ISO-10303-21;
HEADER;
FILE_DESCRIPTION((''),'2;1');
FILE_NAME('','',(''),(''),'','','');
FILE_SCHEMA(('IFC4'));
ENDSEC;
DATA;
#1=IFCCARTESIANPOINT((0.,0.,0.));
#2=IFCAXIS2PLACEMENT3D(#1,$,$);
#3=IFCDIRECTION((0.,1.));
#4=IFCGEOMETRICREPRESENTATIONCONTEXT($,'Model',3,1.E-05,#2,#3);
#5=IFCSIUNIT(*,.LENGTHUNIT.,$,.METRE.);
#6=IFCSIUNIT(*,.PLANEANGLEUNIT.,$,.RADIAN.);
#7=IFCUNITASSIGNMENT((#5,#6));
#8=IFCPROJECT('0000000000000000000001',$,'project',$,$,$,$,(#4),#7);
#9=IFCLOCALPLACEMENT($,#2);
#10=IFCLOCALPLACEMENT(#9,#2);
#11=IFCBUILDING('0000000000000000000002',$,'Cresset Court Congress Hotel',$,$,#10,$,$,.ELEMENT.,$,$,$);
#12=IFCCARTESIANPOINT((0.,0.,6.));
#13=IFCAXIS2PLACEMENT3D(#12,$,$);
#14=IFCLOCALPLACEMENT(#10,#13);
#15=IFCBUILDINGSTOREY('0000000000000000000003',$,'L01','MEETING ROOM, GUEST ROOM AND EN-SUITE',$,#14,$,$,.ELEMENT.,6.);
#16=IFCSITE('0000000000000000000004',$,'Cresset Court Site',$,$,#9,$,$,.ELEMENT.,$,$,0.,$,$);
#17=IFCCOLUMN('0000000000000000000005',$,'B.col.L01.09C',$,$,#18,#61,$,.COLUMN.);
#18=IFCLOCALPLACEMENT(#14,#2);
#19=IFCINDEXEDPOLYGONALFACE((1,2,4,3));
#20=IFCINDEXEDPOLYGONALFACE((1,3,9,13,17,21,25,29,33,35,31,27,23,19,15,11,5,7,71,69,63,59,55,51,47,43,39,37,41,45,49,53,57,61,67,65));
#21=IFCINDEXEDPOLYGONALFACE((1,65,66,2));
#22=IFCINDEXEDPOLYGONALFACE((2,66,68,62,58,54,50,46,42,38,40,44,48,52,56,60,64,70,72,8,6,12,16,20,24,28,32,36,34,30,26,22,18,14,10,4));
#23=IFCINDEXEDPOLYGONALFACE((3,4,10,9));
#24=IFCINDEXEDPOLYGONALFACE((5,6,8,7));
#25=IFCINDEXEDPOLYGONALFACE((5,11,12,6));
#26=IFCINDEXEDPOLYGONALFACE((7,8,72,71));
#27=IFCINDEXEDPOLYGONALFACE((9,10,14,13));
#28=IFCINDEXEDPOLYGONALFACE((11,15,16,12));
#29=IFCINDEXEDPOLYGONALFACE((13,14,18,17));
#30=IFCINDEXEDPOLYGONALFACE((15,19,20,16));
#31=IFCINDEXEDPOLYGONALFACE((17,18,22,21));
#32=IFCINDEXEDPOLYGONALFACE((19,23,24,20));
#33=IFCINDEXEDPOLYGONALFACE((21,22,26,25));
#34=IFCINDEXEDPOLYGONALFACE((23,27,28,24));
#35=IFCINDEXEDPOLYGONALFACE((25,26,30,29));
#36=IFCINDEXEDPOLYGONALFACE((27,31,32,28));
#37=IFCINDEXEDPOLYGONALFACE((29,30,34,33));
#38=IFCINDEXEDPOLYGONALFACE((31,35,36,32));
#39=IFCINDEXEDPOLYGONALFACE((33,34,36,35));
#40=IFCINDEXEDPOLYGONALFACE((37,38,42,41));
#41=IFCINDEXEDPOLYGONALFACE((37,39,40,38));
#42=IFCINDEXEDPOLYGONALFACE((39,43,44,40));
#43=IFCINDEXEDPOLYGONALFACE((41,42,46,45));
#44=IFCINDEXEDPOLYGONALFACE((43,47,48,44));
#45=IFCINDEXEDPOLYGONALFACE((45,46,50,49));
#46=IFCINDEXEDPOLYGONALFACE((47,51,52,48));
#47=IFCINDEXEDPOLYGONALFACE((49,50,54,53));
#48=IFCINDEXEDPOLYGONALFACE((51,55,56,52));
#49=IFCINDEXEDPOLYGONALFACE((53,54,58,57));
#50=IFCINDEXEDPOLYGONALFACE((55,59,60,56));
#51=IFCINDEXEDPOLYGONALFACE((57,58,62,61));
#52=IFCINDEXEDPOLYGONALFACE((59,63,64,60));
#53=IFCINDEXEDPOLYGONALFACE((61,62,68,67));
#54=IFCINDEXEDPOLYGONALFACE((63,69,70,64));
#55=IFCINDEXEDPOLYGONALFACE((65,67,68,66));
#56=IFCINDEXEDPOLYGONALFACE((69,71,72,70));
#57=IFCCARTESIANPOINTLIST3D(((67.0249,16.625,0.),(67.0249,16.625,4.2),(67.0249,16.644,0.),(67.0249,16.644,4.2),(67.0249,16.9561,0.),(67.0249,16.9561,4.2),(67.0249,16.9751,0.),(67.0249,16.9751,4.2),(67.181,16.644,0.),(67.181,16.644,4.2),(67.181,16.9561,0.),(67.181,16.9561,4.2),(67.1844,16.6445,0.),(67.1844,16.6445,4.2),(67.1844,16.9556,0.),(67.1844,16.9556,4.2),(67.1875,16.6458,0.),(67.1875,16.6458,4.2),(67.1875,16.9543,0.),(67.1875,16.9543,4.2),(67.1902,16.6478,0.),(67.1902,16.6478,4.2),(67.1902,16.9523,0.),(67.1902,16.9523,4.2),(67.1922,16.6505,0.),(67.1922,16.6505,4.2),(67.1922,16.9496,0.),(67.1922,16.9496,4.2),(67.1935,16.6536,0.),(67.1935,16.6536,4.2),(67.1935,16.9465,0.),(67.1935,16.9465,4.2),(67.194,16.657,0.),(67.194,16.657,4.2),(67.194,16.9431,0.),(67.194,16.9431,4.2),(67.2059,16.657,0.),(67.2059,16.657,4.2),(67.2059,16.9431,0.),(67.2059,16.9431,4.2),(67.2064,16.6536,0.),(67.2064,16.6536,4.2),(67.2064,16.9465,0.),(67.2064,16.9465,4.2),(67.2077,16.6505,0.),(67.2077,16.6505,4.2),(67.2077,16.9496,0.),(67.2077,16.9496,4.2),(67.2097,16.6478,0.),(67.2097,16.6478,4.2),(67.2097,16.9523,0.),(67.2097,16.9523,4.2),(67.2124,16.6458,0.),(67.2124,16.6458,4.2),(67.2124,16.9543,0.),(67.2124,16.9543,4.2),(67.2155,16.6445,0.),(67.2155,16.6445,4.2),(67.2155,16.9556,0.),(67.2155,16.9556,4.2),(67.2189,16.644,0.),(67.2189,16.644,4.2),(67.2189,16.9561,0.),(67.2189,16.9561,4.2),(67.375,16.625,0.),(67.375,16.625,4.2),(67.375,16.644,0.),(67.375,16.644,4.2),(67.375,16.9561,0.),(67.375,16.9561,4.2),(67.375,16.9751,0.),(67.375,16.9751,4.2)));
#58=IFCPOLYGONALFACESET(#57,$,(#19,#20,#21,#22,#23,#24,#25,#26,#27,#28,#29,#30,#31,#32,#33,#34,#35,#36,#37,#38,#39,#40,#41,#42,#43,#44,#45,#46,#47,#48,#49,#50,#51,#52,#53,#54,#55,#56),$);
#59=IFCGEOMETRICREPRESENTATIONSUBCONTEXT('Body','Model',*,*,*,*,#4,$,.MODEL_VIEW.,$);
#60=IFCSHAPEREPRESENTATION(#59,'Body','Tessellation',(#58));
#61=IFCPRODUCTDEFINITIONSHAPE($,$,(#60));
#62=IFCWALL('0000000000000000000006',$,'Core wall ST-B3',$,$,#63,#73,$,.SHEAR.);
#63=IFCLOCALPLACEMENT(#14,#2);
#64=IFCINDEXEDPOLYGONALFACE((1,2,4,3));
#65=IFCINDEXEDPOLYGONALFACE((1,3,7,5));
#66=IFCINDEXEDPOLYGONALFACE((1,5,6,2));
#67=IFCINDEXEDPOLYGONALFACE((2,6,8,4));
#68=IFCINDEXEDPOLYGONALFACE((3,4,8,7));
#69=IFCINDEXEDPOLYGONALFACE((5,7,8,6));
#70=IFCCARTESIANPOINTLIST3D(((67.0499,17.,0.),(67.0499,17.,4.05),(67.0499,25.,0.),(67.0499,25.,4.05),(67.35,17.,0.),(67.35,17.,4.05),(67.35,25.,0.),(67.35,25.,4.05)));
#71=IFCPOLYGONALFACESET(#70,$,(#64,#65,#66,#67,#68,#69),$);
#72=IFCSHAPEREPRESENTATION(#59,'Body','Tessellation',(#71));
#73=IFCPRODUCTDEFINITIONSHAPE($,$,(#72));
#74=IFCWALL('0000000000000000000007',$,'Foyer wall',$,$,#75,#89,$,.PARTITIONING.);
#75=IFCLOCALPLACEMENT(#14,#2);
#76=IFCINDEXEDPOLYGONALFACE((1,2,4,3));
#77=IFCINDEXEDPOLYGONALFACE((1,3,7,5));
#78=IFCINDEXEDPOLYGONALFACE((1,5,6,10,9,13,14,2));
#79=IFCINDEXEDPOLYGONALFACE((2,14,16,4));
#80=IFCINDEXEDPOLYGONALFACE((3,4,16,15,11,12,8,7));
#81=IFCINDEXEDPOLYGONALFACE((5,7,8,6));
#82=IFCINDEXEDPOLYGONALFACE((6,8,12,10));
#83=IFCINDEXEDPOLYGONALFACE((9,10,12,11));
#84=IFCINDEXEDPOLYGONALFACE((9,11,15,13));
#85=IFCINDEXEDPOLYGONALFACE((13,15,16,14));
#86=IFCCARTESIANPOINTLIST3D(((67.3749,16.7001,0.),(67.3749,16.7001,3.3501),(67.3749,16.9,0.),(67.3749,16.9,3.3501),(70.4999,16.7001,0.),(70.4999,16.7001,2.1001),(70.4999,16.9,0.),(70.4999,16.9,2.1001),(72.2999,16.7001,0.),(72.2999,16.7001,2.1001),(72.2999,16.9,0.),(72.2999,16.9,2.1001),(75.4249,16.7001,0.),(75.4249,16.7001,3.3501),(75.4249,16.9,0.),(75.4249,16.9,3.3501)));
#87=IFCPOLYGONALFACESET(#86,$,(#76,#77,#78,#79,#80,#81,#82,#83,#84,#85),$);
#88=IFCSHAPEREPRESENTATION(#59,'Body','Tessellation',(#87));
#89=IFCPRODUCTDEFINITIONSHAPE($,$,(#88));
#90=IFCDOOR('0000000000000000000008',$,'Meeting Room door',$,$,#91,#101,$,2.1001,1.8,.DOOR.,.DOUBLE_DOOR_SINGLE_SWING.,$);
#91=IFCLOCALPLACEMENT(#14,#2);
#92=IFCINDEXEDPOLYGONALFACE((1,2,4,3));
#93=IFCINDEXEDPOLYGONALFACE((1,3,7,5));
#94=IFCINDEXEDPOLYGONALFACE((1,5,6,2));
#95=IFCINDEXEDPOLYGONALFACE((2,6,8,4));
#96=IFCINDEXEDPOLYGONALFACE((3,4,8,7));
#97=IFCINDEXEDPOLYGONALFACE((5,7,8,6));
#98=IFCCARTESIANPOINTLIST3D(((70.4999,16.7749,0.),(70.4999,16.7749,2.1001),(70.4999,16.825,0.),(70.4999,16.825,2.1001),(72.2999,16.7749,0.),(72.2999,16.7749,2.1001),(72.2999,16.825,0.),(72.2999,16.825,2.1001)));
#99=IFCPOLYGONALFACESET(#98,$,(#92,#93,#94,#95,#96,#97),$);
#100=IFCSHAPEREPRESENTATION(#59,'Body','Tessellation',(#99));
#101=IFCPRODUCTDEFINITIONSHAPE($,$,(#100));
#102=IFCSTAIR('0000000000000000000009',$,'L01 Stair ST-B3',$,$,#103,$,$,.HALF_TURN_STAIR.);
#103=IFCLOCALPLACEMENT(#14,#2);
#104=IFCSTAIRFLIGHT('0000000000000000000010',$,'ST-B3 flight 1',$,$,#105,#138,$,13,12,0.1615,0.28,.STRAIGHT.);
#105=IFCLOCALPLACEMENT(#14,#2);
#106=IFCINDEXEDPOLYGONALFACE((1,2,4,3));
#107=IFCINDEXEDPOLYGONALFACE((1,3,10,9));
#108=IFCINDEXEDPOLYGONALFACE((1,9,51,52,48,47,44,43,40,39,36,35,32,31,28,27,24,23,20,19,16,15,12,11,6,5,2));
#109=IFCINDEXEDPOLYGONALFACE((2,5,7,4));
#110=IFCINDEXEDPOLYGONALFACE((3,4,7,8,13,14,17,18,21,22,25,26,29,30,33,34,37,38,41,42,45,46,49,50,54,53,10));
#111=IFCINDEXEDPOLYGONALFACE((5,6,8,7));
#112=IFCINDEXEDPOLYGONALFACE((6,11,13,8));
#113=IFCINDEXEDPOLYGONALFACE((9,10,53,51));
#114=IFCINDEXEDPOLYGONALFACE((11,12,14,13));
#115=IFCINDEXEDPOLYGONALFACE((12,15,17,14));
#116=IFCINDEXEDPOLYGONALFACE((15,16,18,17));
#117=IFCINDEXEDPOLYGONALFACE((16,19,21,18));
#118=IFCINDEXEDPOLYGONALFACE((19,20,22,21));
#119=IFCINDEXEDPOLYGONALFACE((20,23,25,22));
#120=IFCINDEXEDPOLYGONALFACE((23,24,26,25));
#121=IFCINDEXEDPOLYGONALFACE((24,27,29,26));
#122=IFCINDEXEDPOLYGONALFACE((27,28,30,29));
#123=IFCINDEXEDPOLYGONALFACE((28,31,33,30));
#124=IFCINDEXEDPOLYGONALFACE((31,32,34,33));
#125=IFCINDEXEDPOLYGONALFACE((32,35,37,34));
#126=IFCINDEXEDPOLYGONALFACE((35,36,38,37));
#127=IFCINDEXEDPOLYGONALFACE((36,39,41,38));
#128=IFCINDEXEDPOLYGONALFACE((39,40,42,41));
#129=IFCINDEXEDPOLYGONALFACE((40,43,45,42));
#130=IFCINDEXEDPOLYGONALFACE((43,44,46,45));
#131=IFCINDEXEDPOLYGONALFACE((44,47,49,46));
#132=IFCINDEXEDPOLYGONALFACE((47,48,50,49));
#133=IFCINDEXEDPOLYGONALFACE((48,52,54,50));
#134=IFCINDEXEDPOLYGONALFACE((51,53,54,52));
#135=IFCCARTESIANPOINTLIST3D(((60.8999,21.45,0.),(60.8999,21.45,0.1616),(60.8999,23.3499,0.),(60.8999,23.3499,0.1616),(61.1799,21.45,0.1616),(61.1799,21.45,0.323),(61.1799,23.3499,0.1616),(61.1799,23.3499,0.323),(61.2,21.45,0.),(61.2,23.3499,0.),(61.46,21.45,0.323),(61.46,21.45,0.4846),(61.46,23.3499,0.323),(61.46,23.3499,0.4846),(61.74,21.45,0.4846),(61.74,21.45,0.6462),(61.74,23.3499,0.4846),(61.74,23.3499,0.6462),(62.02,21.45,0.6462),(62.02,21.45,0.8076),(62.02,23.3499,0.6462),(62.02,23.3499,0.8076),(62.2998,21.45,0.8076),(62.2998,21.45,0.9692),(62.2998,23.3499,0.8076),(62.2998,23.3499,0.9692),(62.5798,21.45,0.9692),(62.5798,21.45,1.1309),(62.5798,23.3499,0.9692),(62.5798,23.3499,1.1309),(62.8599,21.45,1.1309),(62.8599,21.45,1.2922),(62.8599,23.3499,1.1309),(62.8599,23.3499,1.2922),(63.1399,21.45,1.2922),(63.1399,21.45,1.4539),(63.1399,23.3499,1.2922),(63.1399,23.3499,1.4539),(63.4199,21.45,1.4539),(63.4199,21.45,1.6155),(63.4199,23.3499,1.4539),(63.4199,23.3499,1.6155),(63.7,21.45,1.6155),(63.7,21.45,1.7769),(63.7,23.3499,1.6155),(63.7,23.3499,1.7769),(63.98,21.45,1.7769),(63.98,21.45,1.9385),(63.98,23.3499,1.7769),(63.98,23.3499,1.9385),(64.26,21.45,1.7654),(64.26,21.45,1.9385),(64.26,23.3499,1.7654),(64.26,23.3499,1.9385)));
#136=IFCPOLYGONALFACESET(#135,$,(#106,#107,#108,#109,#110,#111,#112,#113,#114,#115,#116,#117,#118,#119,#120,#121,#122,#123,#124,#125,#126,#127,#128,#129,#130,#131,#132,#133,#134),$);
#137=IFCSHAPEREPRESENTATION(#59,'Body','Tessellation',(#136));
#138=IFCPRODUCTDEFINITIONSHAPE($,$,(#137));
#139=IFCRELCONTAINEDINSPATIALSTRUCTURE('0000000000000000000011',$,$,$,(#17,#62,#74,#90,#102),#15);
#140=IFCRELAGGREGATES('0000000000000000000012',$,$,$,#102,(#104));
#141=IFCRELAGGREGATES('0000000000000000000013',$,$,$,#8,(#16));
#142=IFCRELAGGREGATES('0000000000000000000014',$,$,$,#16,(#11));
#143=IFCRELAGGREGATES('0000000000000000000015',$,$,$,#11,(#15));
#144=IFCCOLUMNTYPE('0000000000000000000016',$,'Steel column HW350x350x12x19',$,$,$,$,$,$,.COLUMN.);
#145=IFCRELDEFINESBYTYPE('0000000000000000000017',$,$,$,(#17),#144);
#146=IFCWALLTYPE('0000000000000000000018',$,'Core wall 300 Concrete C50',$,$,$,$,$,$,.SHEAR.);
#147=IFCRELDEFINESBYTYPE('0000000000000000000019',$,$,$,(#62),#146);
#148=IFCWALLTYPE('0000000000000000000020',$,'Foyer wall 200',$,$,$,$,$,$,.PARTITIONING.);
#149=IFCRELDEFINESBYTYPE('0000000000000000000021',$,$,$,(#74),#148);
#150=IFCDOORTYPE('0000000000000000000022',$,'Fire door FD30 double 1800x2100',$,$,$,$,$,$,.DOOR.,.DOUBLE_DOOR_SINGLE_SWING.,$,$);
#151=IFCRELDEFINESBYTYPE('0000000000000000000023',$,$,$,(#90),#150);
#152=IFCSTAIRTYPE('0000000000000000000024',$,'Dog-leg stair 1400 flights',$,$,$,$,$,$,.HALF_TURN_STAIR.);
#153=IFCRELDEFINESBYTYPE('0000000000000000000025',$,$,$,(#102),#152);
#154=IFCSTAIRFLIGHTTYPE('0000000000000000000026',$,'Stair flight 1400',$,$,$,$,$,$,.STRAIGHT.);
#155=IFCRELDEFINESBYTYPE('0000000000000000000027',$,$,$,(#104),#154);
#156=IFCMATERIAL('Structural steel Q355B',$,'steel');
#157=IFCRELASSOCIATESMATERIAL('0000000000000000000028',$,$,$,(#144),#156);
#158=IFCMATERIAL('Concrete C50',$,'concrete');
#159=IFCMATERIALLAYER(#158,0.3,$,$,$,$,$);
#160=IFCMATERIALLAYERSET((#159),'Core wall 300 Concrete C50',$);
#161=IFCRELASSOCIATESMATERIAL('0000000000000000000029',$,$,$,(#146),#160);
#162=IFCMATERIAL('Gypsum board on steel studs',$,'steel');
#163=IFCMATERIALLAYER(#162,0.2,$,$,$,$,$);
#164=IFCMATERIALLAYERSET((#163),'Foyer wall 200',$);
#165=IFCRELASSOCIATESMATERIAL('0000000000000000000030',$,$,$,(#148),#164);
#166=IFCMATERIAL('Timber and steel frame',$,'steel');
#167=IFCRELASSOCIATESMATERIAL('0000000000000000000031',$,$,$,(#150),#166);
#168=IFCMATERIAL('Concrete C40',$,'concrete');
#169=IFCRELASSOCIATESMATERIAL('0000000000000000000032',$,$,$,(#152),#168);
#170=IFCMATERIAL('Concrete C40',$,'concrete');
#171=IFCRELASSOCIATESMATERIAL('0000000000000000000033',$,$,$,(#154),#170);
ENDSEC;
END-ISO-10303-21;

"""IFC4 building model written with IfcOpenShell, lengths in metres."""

from ifc_helpers import new_model, si_unit, direction, frame, frame_2d, origin, origin_2d, place, context, subcontext, project, spatial, polyline, rectangle, i_section, outline, extrude, material, layer, layer_set, material_profile, profile_set, type_object, element, fill, aggregate, save


model = new_model("IFC4")

# Units and contexts
model_context = context("Model", 3, precision=1e-05, world=origin(), true_north=direction((0.0, 1.0)))
body_context = subcontext(model_context, "Body", "Model", "MODEL_VIEW")
ifc_project = project(units=[si_unit("LENGTHUNIT", "METRE"), si_unit("PLANEANGLEUNIT", "RADIAN")], contexts=[model_context])

# Site, building, storey
site_placement = place(None, origin())
site = spatial("IfcSite", under=ifc_project, at=site_placement, Name="Cresset Court Site", CompositionType="ELEMENT", RefElevation=0.0)
building_placement = place(site_placement, origin())
building = spatial("IfcBuilding", under=site, at=building_placement, Name="Cresset Court Congress Hotel", CompositionType="ELEMENT")
storey_placement = place(building_placement, frame((0.0, 0.0, 6.0)))
storey = spatial("IfcBuildingStorey", under=building, at=storey_placement, Name="L01", Description="MEETING ROOM, GUEST ROOM AND EN-SUITE", CompositionType="ELEMENT", Elevation=6.0)

# Column
ifc_material_1 = material(Name="Structural steel Q355B", Category="steel")
ifc_material_profile = material_profile(ifc_material_1, i_section(OverallWidth=0.3501, OverallDepth=0.3501, WebThickness=0.012, FlangeThickness=0.019, FilletRadius=0.0129, at=origin_2d()), Name="HW350x350x12x19")
ifc_profile_set = profile_set([ifc_material_profile], Name="Structural steel Q355B")
column_type = type_object("IfcColumnType", Name="Steel column HW350x350x12x19", PredefinedType="COLUMN", material=ifc_profile_set)
column_placement = place(storey_placement, frame((67.2, 16.8, 0.0), z_axis=(0.0, 0.0, 1.0), x_axis=(1.0, 0.0, 0.0)))
element("IfcColumn", 1, at=column_placement, inside=storey, type_object=column_type, Name="B.col.L01.09C", PredefinedType="COLUMN", context=body_context, shape_type="SweptSolid", body=[
    extrude(i_section(OverallWidth=0.3501, OverallDepth=0.3501, WebThickness=0.012, FlangeThickness=0.019, FilletRadius=0.0129, at=origin_2d()), origin(), (0.0, 0.0, 1.0), 4.2),
])

# Wall
ifc_material_2 = material(Name="Concrete C50", Category="concrete")
ifc_layer_1 = layer(ifc_material_2, 0.3)
ifc_layer_set_1 = layer_set([ifc_layer_1], Name="Core wall 300 Concrete C50")
wall_type_1 = type_object("IfcWallType", Name="Core wall 300 Concrete C50", PredefinedType="SHEAR", material=ifc_layer_set_1)
wall_1_placement = place(storey_placement, frame((67.2, 17.0, 0.0), z_axis=(0.0, 0.0, 1.0), x_axis=(0.0, 1.0, 0.0)))
element("IfcWall", 2, at=wall_1_placement, inside=storey, type_object=wall_type_1, Name="Core wall ST-B3", PredefinedType="SHEAR", context=body_context, shape_type="SweptSolid", body=[
    extrude(rectangle(XDim=8.0, YDim=0.3, at=frame_2d((4.0, 0.0))), origin(), (0.0, 0.0, 1.0), 4.05),
])

# Wall, opening, door
ifc_material_3 = material(Name="Gypsum board on steel studs", Category="steel")
ifc_layer_2 = layer(ifc_material_3, 0.2)
ifc_layer_set_2 = layer_set([ifc_layer_2], Name="Foyer wall 200")
wall_type_2 = type_object("IfcWallType", Name="Foyer wall 200", PredefinedType="PARTITIONING", material=ifc_layer_set_2)
wall_2_placement = place(storey_placement, frame((67.375, 16.8, 0.0), z_axis=(0.0, 0.0, 1.0), x_axis=(1.0, 0.0, 0.0)))
wall_2 = element("IfcWall", 3, at=wall_2_placement, inside=storey, type_object=wall_type_2, Name="Foyer wall", PredefinedType="PARTITIONING", context=body_context, shape_type="SweptSolid", body=[
    extrude(rectangle(XDim=8.05, YDim=0.2, at=frame_2d((4.0249, 0.0))), origin(), (0.0, 0.0, 1.0), 3.3501),
])
opening_placement = place(wall_2_placement, frame((3.125, 0.0, 0.0)))
opening = element("IfcOpeningElement", 4, at=opening_placement, cuts=wall_2, PredefinedType="OPENING", context=body_context, shape_type="SweptSolid", body=[
    extrude(rectangle(XDim=1.8, YDim=2.1001, at=frame_2d((0.8999, 1.05))), frame((0.0, 0.1099, 0.0), z_axis=(0.0, -1.0, 0.0), x_axis=(1.0, 0.0, 0.0)), (0.0, 0.0, 1.0), 0.22),
])
ifc_material_4 = material(Name="Timber and steel frame", Category="steel")
door_type = type_object("IfcDoorType", Name="Fire door FD30 double 1800x2100", OperationType="DOUBLE_DOOR_SINGLE_SWING", PredefinedType="DOOR", material=ifc_material_4)
door_placement = place(opening_placement, origin())
door = element("IfcDoor", 5, at=door_placement, inside=storey, type_object=door_type, Name="Meeting Room door", OperationType="DOUBLE_DOOR_SINGLE_SWING", OverallHeight=2.1001, OverallWidth=1.8, PredefinedType="DOOR", context=body_context, shape_type="SweptSolid", body=[
    extrude(rectangle(XDim=1.8, YDim=2.1001, at=frame_2d((0.8999, 1.05))), frame((0.0, 0.0249, 0.0), z_axis=(0.0, -1.0, 0.0), x_axis=(1.0, 0.0, 0.0)), (0.0, 0.0, 1.0), 0.05),
])
fill(opening, door)

# Stair, stair flight
ifc_material_5 = material(Name="Concrete C40", Category="concrete")
stair_type = type_object("IfcStairType", Name="Dog-leg stair 1400 flights", PredefinedType="HALF_TURN_STAIR", material=ifc_material_5)
stair_placement = place(storey_placement, origin())
stair = element("IfcStair", 6, at=stair_placement, inside=storey, type_object=stair_type, Name="L01 Stair ST-B3", PredefinedType="HALF_TURN_STAIR")
ifc_material_6 = material(Name="Concrete C40", Category="concrete")
stair_flight_type = type_object("IfcStairFlightType", Name="Stair flight 1400", PredefinedType="STRAIGHT", material=ifc_material_6)
stair_flight_placement = place(storey_placement, frame((60.8999, 22.3999, 0.0), z_axis=(0.0, 0.0, 1.0), x_axis=(1.0, 0.0, 0.0)))
stair_flight = element("IfcStairFlight", 7, at=stair_flight_placement, type_object=stair_flight_type, Name="ST-B3 flight 1", NumberOfRisers=13, NumberOfTreads=12, PredefinedType="STRAIGHT", RiserHeight=0.1615, TreadLength=0.28, context=body_context, shape_type="SweptSolid", body=[
    extrude(outline(polyline([(0.0, 0.0), (0.0, 0.1616), (0.28, 0.1616), (0.28, 0.323), (0.5601, 0.323), (0.5601, 0.4846), (0.8401, 0.4846), (0.8401, 0.6462), (1.1201, 0.6462), (1.1201, 0.8076), (1.3999, 0.8076), (1.3999, 0.9692), (1.6799, 0.9692), (1.6799, 1.1309), (1.96, 1.1309), (1.96, 1.2922), (2.24, 1.2922), (2.24, 1.4539), (2.52, 1.4539), (2.52, 1.6155), (2.8, 1.6155), (2.8, 1.7769), (3.0801, 1.7769), (3.0801, 1.9385), (3.3601, 1.9385), (3.3601, 2.1001), (3.3601, 1.7654), (0.3, 0.0), (0.0, 0.0)])), frame((0.0, 0.95, 0.0), z_axis=(0.0, -1.0, 0.0), x_axis=(1.0, 0.0, 0.0)), (0.0, 0.0, 1.0), 1.8999),
])
aggregate(stair, [stair_flight])

save(model, "model.ifc")
